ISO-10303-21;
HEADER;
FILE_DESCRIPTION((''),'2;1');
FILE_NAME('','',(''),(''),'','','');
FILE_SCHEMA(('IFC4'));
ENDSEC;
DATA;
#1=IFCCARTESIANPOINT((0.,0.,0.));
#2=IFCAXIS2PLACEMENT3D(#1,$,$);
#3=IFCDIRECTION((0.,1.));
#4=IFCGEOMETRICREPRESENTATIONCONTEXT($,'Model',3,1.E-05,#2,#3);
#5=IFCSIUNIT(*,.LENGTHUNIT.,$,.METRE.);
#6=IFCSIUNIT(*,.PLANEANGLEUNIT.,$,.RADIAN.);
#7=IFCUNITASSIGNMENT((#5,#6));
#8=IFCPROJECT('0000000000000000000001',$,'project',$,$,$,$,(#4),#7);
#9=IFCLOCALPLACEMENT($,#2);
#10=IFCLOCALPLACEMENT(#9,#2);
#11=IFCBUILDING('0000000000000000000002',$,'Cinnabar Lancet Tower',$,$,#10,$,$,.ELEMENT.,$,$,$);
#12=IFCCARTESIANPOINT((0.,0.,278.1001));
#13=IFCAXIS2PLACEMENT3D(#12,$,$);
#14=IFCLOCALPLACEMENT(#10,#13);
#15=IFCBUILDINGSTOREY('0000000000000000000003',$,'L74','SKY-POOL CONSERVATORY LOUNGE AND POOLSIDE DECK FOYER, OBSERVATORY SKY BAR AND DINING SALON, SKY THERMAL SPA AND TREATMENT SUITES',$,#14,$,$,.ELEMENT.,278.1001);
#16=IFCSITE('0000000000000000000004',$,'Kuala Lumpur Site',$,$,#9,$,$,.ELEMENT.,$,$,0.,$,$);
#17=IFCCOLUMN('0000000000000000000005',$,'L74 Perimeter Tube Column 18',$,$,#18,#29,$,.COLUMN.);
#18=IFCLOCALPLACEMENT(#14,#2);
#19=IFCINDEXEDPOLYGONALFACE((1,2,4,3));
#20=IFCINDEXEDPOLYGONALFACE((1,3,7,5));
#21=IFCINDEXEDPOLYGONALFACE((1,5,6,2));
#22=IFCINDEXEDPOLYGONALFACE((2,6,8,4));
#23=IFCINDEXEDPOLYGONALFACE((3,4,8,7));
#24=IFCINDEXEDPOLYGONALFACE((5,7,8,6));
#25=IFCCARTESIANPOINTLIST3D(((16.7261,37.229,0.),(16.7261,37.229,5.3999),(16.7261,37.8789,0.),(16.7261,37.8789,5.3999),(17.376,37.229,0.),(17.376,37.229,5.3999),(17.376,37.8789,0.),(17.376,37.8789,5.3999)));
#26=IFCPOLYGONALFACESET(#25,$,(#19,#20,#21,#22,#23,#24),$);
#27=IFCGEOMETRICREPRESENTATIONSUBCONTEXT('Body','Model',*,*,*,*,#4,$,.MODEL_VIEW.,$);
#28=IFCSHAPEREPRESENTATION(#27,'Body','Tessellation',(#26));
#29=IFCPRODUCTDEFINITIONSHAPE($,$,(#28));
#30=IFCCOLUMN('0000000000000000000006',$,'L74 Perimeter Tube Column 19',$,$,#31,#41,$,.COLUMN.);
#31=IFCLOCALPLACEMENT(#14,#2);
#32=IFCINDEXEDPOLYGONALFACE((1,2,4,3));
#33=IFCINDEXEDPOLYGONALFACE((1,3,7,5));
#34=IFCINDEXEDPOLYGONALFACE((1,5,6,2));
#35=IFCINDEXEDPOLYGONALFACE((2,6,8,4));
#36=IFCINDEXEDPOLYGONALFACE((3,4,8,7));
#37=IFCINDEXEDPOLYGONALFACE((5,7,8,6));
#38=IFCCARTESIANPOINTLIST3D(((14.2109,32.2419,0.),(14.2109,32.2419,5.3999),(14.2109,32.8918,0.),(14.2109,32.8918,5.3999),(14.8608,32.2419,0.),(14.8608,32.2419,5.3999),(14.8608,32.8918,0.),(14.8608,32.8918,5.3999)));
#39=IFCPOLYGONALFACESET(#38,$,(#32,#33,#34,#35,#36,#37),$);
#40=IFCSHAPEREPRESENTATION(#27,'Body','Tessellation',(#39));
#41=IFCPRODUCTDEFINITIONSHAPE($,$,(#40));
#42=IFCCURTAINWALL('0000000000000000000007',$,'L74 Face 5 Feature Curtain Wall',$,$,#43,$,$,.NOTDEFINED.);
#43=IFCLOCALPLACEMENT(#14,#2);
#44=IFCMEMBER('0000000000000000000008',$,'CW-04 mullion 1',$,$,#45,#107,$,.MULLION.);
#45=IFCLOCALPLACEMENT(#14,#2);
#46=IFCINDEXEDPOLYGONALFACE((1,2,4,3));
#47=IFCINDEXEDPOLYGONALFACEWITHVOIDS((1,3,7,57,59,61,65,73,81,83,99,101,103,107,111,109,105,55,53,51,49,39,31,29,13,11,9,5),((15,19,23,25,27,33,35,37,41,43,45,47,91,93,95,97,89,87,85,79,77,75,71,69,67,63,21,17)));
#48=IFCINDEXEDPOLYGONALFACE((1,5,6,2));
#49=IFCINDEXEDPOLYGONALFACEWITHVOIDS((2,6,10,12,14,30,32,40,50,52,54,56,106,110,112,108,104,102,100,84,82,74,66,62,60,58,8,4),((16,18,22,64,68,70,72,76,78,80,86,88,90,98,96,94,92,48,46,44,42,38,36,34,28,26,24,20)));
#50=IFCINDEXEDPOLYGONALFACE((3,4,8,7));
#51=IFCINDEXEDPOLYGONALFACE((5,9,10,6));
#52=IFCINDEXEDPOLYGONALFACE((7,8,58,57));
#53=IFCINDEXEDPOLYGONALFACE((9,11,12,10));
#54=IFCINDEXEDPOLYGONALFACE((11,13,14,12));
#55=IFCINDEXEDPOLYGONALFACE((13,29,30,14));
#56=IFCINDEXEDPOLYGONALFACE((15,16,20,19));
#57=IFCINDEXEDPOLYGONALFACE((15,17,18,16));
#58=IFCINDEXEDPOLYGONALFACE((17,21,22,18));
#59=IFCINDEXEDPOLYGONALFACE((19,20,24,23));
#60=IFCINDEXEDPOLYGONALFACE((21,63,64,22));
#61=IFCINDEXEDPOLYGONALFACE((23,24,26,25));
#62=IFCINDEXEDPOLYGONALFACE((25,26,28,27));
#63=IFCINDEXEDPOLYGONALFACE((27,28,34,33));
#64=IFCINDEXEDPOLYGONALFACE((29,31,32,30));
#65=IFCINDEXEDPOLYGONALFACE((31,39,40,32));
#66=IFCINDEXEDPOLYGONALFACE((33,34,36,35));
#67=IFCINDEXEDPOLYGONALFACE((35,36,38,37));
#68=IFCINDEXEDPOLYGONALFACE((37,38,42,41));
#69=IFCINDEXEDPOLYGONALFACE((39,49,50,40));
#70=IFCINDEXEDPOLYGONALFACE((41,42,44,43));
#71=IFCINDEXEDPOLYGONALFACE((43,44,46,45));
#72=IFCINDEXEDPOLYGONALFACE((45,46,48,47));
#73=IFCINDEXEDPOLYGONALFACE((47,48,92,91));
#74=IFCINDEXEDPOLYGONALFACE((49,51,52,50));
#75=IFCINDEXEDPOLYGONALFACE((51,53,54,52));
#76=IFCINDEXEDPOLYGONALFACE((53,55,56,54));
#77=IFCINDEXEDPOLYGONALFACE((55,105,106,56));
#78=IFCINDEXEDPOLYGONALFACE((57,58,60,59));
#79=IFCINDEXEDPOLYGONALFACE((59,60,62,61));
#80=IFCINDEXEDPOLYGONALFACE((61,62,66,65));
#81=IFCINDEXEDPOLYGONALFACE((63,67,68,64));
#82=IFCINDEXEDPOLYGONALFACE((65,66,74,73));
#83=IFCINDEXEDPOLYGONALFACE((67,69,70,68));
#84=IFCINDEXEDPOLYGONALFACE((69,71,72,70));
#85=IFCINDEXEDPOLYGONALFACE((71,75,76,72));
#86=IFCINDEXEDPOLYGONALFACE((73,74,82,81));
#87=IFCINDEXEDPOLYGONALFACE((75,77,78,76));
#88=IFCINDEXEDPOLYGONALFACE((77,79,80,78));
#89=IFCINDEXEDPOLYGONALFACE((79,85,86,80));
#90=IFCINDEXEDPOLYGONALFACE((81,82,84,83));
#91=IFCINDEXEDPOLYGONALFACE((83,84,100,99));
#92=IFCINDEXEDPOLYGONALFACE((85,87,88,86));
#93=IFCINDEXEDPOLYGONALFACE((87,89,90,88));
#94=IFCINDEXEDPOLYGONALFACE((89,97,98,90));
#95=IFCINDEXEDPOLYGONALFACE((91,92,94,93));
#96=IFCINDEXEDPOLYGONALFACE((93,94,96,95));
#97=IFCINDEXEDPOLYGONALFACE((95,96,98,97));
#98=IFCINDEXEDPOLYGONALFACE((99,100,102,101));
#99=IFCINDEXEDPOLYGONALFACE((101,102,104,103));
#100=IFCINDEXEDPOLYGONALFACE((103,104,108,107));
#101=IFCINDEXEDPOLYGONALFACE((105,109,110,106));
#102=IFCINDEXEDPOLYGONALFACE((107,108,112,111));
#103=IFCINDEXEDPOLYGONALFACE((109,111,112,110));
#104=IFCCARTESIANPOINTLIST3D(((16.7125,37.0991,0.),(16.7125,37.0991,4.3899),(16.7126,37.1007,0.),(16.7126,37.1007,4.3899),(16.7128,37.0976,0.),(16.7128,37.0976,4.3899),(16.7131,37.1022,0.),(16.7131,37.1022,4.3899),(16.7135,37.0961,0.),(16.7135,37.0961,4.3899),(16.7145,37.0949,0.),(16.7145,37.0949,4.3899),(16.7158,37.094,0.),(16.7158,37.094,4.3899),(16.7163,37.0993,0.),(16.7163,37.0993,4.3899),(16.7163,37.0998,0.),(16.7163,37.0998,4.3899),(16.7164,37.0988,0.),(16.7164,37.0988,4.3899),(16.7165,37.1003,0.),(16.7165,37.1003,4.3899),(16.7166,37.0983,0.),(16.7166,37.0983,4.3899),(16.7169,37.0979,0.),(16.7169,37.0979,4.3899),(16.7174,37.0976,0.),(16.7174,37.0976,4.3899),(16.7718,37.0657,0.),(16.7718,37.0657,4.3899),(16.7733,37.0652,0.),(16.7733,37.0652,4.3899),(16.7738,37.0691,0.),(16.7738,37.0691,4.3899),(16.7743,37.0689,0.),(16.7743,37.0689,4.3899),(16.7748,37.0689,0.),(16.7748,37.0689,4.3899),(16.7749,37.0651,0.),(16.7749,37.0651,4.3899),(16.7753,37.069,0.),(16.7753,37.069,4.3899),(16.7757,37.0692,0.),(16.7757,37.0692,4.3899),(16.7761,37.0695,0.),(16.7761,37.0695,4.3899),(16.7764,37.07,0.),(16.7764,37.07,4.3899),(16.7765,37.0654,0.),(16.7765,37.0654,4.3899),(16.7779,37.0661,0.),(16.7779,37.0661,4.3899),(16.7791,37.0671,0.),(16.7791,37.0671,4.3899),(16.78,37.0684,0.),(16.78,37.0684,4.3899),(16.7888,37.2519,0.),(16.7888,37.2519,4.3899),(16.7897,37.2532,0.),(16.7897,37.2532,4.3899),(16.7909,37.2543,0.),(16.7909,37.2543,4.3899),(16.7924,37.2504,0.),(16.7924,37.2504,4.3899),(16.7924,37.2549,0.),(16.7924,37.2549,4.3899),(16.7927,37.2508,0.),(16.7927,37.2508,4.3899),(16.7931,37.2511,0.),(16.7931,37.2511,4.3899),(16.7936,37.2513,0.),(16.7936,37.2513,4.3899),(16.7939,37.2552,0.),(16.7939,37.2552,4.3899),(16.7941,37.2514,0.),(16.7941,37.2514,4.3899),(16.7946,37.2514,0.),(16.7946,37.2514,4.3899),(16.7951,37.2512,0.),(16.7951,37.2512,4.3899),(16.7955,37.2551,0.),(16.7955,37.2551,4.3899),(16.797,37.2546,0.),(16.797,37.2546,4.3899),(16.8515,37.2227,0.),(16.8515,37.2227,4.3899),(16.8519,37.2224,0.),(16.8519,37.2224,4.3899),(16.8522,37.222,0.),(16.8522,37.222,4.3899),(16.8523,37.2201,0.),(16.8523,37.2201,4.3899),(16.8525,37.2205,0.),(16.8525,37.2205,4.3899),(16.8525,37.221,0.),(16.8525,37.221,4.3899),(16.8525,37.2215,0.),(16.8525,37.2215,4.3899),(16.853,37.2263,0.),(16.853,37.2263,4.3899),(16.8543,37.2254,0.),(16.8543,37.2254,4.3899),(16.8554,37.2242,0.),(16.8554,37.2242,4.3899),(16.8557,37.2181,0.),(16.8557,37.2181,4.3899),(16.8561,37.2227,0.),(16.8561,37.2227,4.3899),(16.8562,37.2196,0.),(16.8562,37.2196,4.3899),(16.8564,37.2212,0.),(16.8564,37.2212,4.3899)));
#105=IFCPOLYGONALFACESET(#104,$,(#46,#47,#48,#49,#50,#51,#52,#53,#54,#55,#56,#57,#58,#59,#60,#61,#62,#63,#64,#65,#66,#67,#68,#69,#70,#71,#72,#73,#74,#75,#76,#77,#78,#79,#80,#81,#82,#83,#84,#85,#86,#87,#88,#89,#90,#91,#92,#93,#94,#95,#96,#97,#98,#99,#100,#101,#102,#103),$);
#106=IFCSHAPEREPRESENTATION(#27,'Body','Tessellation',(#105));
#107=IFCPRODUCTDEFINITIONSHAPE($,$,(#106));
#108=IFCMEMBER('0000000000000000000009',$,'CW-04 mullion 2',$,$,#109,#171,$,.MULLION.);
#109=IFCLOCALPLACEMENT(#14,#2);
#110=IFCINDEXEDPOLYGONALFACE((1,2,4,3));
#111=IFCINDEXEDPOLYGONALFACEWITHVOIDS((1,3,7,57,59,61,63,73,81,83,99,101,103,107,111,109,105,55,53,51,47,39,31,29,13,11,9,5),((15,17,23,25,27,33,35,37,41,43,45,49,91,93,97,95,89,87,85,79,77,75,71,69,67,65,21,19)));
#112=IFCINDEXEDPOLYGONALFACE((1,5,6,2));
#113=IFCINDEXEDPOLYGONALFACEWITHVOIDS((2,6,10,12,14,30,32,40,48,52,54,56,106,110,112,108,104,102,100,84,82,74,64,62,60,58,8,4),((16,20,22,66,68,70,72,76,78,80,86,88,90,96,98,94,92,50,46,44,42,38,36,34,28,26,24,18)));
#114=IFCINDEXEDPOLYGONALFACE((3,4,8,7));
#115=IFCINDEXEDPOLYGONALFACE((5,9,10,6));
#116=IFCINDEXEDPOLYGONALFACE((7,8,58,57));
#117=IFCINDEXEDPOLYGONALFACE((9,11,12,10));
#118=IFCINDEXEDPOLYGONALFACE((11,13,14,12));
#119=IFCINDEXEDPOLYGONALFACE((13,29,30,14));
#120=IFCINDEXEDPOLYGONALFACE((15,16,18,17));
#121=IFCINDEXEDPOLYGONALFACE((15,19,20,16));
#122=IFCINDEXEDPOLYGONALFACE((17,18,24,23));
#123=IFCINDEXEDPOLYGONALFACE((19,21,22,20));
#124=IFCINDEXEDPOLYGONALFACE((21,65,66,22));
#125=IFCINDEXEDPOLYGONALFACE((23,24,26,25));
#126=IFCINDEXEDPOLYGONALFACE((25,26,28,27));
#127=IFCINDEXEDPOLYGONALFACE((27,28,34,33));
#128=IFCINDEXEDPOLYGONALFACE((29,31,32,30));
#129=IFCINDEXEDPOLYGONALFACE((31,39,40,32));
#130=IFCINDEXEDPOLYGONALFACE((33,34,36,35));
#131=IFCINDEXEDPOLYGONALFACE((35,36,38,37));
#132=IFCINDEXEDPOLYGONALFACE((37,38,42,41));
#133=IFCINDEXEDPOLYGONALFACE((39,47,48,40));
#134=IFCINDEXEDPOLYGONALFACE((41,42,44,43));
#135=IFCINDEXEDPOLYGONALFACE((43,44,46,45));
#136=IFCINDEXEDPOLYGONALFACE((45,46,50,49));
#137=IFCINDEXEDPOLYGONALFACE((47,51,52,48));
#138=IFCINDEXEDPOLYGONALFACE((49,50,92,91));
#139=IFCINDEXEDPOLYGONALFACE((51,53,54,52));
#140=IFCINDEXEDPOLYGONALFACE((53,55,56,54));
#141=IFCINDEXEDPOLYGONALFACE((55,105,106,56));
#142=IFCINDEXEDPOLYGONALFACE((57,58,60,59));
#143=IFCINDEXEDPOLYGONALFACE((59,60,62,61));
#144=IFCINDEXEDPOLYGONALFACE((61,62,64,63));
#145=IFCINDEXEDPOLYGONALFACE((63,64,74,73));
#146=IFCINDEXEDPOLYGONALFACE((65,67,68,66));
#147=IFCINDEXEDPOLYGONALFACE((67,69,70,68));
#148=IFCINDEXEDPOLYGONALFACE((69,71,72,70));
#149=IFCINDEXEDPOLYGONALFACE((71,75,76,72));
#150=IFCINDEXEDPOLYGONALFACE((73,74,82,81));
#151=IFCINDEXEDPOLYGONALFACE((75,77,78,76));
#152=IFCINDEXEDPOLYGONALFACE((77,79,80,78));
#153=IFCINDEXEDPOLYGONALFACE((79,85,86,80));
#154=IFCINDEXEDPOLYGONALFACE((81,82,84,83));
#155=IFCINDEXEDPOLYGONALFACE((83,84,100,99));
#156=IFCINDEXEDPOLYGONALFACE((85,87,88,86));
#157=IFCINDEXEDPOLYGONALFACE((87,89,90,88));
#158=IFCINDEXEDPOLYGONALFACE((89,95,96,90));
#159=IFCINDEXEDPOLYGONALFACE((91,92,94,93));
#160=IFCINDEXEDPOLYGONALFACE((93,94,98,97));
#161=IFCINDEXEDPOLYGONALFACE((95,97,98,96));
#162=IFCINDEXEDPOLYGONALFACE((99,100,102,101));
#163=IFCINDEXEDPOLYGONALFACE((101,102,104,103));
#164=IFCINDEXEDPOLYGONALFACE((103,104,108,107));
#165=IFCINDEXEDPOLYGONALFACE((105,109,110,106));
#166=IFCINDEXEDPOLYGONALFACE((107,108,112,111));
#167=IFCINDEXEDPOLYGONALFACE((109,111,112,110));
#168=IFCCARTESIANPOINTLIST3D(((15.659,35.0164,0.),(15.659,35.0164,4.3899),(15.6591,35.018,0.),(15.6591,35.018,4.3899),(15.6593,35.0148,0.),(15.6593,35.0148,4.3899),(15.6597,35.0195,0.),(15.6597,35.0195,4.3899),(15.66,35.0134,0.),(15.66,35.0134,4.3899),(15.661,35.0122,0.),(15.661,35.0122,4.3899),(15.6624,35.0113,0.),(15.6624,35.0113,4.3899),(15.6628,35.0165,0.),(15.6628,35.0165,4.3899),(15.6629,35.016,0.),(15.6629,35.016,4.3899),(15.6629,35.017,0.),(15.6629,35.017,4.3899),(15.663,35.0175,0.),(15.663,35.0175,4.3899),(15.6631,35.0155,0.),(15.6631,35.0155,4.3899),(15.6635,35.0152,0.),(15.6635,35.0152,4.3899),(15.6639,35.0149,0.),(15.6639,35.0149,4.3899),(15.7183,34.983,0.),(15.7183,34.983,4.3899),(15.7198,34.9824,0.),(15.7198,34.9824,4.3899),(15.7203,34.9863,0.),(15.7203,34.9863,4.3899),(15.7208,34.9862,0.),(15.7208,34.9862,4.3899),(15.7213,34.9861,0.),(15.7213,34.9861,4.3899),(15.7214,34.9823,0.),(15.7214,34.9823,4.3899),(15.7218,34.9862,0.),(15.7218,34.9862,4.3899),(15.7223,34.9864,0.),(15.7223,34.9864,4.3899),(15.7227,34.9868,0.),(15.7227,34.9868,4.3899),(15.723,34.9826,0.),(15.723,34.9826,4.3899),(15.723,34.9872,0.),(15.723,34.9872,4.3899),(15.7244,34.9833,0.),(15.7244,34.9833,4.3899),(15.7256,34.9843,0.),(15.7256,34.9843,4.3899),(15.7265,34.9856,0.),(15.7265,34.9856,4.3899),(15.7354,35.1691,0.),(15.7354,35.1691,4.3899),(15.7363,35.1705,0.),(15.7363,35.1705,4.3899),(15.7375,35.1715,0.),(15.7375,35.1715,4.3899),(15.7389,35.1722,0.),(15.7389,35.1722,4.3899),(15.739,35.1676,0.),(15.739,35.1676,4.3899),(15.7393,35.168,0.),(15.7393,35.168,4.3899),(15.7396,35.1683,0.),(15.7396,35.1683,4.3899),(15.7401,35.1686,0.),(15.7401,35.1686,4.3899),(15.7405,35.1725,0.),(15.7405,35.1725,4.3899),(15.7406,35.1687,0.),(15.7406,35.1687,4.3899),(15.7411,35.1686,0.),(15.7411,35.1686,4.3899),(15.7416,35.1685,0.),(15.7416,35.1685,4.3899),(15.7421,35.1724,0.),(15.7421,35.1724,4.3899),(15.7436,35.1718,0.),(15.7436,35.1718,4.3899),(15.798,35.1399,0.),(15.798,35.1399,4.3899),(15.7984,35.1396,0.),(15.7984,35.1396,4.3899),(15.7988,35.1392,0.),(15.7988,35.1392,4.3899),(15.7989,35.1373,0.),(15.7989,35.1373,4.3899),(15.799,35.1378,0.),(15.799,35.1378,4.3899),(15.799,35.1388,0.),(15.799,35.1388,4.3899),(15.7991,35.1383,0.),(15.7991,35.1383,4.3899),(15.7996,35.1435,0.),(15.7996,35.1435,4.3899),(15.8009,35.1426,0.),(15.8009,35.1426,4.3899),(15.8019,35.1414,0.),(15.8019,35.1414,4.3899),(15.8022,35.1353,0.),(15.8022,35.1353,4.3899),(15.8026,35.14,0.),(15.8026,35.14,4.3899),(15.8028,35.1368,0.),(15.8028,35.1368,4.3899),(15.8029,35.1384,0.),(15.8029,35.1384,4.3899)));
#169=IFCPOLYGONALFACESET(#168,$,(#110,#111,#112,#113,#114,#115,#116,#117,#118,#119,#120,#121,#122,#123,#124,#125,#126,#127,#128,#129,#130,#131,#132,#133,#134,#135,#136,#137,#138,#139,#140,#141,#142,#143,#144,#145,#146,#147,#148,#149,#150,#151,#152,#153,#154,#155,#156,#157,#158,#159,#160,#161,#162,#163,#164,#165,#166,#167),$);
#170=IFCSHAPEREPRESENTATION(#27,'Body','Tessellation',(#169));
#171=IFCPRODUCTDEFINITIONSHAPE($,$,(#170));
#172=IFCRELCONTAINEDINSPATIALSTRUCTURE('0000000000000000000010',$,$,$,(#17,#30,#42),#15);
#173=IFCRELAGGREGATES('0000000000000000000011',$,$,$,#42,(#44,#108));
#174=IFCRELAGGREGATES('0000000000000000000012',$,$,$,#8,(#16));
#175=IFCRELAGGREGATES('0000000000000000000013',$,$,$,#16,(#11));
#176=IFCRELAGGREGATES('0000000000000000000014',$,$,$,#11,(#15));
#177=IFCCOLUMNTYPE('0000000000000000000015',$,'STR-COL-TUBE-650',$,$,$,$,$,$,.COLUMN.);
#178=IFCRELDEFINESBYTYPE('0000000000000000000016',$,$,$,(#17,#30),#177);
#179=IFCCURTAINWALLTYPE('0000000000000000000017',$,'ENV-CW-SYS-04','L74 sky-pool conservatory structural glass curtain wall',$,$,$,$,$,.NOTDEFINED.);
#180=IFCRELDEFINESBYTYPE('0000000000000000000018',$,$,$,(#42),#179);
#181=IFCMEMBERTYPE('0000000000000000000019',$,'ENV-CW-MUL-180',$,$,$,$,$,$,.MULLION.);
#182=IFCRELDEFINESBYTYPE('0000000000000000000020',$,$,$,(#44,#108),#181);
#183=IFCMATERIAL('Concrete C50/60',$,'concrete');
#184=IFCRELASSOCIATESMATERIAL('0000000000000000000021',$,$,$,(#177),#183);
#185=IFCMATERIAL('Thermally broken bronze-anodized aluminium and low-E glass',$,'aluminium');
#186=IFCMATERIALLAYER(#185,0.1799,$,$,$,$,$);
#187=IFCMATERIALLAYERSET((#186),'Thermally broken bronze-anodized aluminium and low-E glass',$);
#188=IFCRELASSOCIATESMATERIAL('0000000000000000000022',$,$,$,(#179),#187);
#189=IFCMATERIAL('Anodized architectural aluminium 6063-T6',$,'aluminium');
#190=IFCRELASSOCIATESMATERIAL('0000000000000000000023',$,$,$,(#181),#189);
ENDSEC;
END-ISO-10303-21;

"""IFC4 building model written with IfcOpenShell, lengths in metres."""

from ifc_helpers import new_model, si_unit, direction, frame, origin, origin_2d, place, context, subcontext, project, spatial, rectangle, hollow_rectangle, extrude, material, layer, layer_set, material_profile, profile_set, type_object, element, aggregate, save


model = new_model("IFC4")

# Units and contexts
model_context = context("Model", 3, precision=1e-05, world=origin(), true_north=direction((0.0, 1.0)))
body_context = subcontext(model_context, "Body", "Model", "MODEL_VIEW")
ifc_project = project(units=[si_unit("LENGTHUNIT", "METRE"), si_unit("PLANEANGLEUNIT", "RADIAN")], contexts=[model_context])

# Site, building, storey
site_placement = place(None, origin())
site = spatial("IfcSite", under=ifc_project, at=site_placement, Name="Kuala Lumpur Site", CompositionType="ELEMENT", RefElevation=0.0)
building_placement = place(site_placement, origin())
building = spatial("IfcBuilding", under=site, at=building_placement, Name="Cinnabar Lancet Tower", CompositionType="ELEMENT")
storey_placement = place(building_placement, frame((0.0, 0.0, 278.1001)))
storey = spatial("IfcBuildingStorey", under=building, at=storey_placement, Name="L74", Description="SKY-POOL CONSERVATORY LOUNGE AND POOLSIDE DECK FOYER, OBSERVATORY SKY BAR AND DINING SALON, SKY THERMAL SPA AND TREATMENT SUITES", CompositionType="ELEMENT", Elevation=278.1001)

# Columns
ifc_material_1 = material(Name="Concrete C50/60", Category="concrete")
ifc_material_profile_1 = material_profile(ifc_material_1, rectangle(XDim=0.6499, YDim=0.6499, at=origin_2d()), Name="RC-COL 650x650")
ifc_profile_set_1 = profile_set([ifc_material_profile_1], Name="Concrete C50/60")
column_type = type_object("IfcColumnType", Name="STR-COL-TUBE-650", PredefinedType="COLUMN", material=ifc_profile_set_1)
for number, where, z_axis, x_axis, name in (
    (1, (17.051, 37.554, 0.0), (0.0, 0.0, 1.0), (1.0, 0.0, 0.0), "L74 Perimeter Tube Column 18"),
    (2, (14.5359, 32.5669, 0.0), (0.0, 0.0, 1.0), (1.0, 0.0, 0.0), "L74 Perimeter Tube Column 19"),
):
    element("IfcColumn", number, at=place(storey_placement, frame(where, z_axis=z_axis, x_axis=x_axis)), inside=storey, type_object=column_type, Name=name, PredefinedType="COLUMN", context=body_context, shape_type="SweptSolid", body=[
        extrude(rectangle(XDim=0.6499, YDim=0.6499, at=origin_2d()), origin(), (0.0, 0.0, 1.0), 5.3999),
    ])

# Curtain wall, members
ifc_material_2 = material(Name="Thermally broken bronze-anodized aluminium and low-E glass", Category="aluminium")
ifc_layer_1 = layer(ifc_material_2, 0.1799)
ifc_layer_set_1 = layer_set([ifc_layer_1], Name="Thermally broken bronze-anodized aluminium and low-E glass")
curtain_wall_type = type_object("IfcCurtainWallType", Name="ENV-CW-SYS-04", Description="L74 sky-pool conservatory structural glass curtain wall", PredefinedType="NOTDEFINED", material=ifc_layer_set_1)
curtain_wall_placement = place(storey_placement, origin())
curtain_wall = element("IfcCurtainWall", 3, at=curtain_wall_placement, inside=storey, type_object=curtain_wall_type, Name="L74 Face 5 Feature Curtain Wall", PredefinedType="NOTDEFINED")
ifc_material_3 = material(Name="Anodized architectural aluminium 6063-T6", Category="aluminium")
ifc_material_profile_2 = material_profile(ifc_material_3, hollow_rectangle(XDim=0.075, YDim=0.1799, WallThickness=0.0039, InnerFilletRadius=0.002, OuterFilletRadius=0.0061, at=origin_2d()), Name="CW-MUL 180x75x4")
ifc_profile_set_2 = profile_set([ifc_material_profile_2], Name="Anodized architectural aluminium 6063-T6")
member_type_1 = type_object("IfcMemberType", Name="ENV-CW-MUL-180", PredefinedType="MULLION", material=ifc_profile_set_2)
member_1_placement = place(storey_placement, frame((16.7844, 37.1602, 0.0), z_axis=(0.0, 0.0, 1.0), x_axis=(0.892345, -0.451354, 0.0)))
member_1 = element("IfcMember", 4, at=member_1_placement, type_object=member_type_1, Name="CW-04 mullion 1", PredefinedType="MULLION", context=body_context, shape_type="SweptSolid", body=[
    extrude(hollow_rectangle(XDim=0.075, YDim=0.1799, WallThickness=0.0039, InnerFilletRadius=0.002, OuterFilletRadius=0.0061, at=origin_2d()), origin(), (0.0, 0.0, 1.0), 4.3899),
])
member_2_placement = place(storey_placement, frame((15.731, 35.0774, 0.0), z_axis=(0.0, 0.0, 1.0), x_axis=(0.892345, -0.451354, 0.0)))
member_2 = element("IfcMember", 5, at=member_2_placement, type_object=member_type_1, Name="CW-04 mullion 2", PredefinedType="MULLION", context=body_context, shape_type="SweptSolid", body=[
    extrude(hollow_rectangle(XDim=0.075, YDim=0.1799, WallThickness=0.0039, InnerFilletRadius=0.002, OuterFilletRadius=0.0061, at=origin_2d()), origin(), (0.0, 0.0, 1.0), 4.3899),
])

aggregate(curtain_wall, [member_1, member_2])

save(model, "model.ifc")
